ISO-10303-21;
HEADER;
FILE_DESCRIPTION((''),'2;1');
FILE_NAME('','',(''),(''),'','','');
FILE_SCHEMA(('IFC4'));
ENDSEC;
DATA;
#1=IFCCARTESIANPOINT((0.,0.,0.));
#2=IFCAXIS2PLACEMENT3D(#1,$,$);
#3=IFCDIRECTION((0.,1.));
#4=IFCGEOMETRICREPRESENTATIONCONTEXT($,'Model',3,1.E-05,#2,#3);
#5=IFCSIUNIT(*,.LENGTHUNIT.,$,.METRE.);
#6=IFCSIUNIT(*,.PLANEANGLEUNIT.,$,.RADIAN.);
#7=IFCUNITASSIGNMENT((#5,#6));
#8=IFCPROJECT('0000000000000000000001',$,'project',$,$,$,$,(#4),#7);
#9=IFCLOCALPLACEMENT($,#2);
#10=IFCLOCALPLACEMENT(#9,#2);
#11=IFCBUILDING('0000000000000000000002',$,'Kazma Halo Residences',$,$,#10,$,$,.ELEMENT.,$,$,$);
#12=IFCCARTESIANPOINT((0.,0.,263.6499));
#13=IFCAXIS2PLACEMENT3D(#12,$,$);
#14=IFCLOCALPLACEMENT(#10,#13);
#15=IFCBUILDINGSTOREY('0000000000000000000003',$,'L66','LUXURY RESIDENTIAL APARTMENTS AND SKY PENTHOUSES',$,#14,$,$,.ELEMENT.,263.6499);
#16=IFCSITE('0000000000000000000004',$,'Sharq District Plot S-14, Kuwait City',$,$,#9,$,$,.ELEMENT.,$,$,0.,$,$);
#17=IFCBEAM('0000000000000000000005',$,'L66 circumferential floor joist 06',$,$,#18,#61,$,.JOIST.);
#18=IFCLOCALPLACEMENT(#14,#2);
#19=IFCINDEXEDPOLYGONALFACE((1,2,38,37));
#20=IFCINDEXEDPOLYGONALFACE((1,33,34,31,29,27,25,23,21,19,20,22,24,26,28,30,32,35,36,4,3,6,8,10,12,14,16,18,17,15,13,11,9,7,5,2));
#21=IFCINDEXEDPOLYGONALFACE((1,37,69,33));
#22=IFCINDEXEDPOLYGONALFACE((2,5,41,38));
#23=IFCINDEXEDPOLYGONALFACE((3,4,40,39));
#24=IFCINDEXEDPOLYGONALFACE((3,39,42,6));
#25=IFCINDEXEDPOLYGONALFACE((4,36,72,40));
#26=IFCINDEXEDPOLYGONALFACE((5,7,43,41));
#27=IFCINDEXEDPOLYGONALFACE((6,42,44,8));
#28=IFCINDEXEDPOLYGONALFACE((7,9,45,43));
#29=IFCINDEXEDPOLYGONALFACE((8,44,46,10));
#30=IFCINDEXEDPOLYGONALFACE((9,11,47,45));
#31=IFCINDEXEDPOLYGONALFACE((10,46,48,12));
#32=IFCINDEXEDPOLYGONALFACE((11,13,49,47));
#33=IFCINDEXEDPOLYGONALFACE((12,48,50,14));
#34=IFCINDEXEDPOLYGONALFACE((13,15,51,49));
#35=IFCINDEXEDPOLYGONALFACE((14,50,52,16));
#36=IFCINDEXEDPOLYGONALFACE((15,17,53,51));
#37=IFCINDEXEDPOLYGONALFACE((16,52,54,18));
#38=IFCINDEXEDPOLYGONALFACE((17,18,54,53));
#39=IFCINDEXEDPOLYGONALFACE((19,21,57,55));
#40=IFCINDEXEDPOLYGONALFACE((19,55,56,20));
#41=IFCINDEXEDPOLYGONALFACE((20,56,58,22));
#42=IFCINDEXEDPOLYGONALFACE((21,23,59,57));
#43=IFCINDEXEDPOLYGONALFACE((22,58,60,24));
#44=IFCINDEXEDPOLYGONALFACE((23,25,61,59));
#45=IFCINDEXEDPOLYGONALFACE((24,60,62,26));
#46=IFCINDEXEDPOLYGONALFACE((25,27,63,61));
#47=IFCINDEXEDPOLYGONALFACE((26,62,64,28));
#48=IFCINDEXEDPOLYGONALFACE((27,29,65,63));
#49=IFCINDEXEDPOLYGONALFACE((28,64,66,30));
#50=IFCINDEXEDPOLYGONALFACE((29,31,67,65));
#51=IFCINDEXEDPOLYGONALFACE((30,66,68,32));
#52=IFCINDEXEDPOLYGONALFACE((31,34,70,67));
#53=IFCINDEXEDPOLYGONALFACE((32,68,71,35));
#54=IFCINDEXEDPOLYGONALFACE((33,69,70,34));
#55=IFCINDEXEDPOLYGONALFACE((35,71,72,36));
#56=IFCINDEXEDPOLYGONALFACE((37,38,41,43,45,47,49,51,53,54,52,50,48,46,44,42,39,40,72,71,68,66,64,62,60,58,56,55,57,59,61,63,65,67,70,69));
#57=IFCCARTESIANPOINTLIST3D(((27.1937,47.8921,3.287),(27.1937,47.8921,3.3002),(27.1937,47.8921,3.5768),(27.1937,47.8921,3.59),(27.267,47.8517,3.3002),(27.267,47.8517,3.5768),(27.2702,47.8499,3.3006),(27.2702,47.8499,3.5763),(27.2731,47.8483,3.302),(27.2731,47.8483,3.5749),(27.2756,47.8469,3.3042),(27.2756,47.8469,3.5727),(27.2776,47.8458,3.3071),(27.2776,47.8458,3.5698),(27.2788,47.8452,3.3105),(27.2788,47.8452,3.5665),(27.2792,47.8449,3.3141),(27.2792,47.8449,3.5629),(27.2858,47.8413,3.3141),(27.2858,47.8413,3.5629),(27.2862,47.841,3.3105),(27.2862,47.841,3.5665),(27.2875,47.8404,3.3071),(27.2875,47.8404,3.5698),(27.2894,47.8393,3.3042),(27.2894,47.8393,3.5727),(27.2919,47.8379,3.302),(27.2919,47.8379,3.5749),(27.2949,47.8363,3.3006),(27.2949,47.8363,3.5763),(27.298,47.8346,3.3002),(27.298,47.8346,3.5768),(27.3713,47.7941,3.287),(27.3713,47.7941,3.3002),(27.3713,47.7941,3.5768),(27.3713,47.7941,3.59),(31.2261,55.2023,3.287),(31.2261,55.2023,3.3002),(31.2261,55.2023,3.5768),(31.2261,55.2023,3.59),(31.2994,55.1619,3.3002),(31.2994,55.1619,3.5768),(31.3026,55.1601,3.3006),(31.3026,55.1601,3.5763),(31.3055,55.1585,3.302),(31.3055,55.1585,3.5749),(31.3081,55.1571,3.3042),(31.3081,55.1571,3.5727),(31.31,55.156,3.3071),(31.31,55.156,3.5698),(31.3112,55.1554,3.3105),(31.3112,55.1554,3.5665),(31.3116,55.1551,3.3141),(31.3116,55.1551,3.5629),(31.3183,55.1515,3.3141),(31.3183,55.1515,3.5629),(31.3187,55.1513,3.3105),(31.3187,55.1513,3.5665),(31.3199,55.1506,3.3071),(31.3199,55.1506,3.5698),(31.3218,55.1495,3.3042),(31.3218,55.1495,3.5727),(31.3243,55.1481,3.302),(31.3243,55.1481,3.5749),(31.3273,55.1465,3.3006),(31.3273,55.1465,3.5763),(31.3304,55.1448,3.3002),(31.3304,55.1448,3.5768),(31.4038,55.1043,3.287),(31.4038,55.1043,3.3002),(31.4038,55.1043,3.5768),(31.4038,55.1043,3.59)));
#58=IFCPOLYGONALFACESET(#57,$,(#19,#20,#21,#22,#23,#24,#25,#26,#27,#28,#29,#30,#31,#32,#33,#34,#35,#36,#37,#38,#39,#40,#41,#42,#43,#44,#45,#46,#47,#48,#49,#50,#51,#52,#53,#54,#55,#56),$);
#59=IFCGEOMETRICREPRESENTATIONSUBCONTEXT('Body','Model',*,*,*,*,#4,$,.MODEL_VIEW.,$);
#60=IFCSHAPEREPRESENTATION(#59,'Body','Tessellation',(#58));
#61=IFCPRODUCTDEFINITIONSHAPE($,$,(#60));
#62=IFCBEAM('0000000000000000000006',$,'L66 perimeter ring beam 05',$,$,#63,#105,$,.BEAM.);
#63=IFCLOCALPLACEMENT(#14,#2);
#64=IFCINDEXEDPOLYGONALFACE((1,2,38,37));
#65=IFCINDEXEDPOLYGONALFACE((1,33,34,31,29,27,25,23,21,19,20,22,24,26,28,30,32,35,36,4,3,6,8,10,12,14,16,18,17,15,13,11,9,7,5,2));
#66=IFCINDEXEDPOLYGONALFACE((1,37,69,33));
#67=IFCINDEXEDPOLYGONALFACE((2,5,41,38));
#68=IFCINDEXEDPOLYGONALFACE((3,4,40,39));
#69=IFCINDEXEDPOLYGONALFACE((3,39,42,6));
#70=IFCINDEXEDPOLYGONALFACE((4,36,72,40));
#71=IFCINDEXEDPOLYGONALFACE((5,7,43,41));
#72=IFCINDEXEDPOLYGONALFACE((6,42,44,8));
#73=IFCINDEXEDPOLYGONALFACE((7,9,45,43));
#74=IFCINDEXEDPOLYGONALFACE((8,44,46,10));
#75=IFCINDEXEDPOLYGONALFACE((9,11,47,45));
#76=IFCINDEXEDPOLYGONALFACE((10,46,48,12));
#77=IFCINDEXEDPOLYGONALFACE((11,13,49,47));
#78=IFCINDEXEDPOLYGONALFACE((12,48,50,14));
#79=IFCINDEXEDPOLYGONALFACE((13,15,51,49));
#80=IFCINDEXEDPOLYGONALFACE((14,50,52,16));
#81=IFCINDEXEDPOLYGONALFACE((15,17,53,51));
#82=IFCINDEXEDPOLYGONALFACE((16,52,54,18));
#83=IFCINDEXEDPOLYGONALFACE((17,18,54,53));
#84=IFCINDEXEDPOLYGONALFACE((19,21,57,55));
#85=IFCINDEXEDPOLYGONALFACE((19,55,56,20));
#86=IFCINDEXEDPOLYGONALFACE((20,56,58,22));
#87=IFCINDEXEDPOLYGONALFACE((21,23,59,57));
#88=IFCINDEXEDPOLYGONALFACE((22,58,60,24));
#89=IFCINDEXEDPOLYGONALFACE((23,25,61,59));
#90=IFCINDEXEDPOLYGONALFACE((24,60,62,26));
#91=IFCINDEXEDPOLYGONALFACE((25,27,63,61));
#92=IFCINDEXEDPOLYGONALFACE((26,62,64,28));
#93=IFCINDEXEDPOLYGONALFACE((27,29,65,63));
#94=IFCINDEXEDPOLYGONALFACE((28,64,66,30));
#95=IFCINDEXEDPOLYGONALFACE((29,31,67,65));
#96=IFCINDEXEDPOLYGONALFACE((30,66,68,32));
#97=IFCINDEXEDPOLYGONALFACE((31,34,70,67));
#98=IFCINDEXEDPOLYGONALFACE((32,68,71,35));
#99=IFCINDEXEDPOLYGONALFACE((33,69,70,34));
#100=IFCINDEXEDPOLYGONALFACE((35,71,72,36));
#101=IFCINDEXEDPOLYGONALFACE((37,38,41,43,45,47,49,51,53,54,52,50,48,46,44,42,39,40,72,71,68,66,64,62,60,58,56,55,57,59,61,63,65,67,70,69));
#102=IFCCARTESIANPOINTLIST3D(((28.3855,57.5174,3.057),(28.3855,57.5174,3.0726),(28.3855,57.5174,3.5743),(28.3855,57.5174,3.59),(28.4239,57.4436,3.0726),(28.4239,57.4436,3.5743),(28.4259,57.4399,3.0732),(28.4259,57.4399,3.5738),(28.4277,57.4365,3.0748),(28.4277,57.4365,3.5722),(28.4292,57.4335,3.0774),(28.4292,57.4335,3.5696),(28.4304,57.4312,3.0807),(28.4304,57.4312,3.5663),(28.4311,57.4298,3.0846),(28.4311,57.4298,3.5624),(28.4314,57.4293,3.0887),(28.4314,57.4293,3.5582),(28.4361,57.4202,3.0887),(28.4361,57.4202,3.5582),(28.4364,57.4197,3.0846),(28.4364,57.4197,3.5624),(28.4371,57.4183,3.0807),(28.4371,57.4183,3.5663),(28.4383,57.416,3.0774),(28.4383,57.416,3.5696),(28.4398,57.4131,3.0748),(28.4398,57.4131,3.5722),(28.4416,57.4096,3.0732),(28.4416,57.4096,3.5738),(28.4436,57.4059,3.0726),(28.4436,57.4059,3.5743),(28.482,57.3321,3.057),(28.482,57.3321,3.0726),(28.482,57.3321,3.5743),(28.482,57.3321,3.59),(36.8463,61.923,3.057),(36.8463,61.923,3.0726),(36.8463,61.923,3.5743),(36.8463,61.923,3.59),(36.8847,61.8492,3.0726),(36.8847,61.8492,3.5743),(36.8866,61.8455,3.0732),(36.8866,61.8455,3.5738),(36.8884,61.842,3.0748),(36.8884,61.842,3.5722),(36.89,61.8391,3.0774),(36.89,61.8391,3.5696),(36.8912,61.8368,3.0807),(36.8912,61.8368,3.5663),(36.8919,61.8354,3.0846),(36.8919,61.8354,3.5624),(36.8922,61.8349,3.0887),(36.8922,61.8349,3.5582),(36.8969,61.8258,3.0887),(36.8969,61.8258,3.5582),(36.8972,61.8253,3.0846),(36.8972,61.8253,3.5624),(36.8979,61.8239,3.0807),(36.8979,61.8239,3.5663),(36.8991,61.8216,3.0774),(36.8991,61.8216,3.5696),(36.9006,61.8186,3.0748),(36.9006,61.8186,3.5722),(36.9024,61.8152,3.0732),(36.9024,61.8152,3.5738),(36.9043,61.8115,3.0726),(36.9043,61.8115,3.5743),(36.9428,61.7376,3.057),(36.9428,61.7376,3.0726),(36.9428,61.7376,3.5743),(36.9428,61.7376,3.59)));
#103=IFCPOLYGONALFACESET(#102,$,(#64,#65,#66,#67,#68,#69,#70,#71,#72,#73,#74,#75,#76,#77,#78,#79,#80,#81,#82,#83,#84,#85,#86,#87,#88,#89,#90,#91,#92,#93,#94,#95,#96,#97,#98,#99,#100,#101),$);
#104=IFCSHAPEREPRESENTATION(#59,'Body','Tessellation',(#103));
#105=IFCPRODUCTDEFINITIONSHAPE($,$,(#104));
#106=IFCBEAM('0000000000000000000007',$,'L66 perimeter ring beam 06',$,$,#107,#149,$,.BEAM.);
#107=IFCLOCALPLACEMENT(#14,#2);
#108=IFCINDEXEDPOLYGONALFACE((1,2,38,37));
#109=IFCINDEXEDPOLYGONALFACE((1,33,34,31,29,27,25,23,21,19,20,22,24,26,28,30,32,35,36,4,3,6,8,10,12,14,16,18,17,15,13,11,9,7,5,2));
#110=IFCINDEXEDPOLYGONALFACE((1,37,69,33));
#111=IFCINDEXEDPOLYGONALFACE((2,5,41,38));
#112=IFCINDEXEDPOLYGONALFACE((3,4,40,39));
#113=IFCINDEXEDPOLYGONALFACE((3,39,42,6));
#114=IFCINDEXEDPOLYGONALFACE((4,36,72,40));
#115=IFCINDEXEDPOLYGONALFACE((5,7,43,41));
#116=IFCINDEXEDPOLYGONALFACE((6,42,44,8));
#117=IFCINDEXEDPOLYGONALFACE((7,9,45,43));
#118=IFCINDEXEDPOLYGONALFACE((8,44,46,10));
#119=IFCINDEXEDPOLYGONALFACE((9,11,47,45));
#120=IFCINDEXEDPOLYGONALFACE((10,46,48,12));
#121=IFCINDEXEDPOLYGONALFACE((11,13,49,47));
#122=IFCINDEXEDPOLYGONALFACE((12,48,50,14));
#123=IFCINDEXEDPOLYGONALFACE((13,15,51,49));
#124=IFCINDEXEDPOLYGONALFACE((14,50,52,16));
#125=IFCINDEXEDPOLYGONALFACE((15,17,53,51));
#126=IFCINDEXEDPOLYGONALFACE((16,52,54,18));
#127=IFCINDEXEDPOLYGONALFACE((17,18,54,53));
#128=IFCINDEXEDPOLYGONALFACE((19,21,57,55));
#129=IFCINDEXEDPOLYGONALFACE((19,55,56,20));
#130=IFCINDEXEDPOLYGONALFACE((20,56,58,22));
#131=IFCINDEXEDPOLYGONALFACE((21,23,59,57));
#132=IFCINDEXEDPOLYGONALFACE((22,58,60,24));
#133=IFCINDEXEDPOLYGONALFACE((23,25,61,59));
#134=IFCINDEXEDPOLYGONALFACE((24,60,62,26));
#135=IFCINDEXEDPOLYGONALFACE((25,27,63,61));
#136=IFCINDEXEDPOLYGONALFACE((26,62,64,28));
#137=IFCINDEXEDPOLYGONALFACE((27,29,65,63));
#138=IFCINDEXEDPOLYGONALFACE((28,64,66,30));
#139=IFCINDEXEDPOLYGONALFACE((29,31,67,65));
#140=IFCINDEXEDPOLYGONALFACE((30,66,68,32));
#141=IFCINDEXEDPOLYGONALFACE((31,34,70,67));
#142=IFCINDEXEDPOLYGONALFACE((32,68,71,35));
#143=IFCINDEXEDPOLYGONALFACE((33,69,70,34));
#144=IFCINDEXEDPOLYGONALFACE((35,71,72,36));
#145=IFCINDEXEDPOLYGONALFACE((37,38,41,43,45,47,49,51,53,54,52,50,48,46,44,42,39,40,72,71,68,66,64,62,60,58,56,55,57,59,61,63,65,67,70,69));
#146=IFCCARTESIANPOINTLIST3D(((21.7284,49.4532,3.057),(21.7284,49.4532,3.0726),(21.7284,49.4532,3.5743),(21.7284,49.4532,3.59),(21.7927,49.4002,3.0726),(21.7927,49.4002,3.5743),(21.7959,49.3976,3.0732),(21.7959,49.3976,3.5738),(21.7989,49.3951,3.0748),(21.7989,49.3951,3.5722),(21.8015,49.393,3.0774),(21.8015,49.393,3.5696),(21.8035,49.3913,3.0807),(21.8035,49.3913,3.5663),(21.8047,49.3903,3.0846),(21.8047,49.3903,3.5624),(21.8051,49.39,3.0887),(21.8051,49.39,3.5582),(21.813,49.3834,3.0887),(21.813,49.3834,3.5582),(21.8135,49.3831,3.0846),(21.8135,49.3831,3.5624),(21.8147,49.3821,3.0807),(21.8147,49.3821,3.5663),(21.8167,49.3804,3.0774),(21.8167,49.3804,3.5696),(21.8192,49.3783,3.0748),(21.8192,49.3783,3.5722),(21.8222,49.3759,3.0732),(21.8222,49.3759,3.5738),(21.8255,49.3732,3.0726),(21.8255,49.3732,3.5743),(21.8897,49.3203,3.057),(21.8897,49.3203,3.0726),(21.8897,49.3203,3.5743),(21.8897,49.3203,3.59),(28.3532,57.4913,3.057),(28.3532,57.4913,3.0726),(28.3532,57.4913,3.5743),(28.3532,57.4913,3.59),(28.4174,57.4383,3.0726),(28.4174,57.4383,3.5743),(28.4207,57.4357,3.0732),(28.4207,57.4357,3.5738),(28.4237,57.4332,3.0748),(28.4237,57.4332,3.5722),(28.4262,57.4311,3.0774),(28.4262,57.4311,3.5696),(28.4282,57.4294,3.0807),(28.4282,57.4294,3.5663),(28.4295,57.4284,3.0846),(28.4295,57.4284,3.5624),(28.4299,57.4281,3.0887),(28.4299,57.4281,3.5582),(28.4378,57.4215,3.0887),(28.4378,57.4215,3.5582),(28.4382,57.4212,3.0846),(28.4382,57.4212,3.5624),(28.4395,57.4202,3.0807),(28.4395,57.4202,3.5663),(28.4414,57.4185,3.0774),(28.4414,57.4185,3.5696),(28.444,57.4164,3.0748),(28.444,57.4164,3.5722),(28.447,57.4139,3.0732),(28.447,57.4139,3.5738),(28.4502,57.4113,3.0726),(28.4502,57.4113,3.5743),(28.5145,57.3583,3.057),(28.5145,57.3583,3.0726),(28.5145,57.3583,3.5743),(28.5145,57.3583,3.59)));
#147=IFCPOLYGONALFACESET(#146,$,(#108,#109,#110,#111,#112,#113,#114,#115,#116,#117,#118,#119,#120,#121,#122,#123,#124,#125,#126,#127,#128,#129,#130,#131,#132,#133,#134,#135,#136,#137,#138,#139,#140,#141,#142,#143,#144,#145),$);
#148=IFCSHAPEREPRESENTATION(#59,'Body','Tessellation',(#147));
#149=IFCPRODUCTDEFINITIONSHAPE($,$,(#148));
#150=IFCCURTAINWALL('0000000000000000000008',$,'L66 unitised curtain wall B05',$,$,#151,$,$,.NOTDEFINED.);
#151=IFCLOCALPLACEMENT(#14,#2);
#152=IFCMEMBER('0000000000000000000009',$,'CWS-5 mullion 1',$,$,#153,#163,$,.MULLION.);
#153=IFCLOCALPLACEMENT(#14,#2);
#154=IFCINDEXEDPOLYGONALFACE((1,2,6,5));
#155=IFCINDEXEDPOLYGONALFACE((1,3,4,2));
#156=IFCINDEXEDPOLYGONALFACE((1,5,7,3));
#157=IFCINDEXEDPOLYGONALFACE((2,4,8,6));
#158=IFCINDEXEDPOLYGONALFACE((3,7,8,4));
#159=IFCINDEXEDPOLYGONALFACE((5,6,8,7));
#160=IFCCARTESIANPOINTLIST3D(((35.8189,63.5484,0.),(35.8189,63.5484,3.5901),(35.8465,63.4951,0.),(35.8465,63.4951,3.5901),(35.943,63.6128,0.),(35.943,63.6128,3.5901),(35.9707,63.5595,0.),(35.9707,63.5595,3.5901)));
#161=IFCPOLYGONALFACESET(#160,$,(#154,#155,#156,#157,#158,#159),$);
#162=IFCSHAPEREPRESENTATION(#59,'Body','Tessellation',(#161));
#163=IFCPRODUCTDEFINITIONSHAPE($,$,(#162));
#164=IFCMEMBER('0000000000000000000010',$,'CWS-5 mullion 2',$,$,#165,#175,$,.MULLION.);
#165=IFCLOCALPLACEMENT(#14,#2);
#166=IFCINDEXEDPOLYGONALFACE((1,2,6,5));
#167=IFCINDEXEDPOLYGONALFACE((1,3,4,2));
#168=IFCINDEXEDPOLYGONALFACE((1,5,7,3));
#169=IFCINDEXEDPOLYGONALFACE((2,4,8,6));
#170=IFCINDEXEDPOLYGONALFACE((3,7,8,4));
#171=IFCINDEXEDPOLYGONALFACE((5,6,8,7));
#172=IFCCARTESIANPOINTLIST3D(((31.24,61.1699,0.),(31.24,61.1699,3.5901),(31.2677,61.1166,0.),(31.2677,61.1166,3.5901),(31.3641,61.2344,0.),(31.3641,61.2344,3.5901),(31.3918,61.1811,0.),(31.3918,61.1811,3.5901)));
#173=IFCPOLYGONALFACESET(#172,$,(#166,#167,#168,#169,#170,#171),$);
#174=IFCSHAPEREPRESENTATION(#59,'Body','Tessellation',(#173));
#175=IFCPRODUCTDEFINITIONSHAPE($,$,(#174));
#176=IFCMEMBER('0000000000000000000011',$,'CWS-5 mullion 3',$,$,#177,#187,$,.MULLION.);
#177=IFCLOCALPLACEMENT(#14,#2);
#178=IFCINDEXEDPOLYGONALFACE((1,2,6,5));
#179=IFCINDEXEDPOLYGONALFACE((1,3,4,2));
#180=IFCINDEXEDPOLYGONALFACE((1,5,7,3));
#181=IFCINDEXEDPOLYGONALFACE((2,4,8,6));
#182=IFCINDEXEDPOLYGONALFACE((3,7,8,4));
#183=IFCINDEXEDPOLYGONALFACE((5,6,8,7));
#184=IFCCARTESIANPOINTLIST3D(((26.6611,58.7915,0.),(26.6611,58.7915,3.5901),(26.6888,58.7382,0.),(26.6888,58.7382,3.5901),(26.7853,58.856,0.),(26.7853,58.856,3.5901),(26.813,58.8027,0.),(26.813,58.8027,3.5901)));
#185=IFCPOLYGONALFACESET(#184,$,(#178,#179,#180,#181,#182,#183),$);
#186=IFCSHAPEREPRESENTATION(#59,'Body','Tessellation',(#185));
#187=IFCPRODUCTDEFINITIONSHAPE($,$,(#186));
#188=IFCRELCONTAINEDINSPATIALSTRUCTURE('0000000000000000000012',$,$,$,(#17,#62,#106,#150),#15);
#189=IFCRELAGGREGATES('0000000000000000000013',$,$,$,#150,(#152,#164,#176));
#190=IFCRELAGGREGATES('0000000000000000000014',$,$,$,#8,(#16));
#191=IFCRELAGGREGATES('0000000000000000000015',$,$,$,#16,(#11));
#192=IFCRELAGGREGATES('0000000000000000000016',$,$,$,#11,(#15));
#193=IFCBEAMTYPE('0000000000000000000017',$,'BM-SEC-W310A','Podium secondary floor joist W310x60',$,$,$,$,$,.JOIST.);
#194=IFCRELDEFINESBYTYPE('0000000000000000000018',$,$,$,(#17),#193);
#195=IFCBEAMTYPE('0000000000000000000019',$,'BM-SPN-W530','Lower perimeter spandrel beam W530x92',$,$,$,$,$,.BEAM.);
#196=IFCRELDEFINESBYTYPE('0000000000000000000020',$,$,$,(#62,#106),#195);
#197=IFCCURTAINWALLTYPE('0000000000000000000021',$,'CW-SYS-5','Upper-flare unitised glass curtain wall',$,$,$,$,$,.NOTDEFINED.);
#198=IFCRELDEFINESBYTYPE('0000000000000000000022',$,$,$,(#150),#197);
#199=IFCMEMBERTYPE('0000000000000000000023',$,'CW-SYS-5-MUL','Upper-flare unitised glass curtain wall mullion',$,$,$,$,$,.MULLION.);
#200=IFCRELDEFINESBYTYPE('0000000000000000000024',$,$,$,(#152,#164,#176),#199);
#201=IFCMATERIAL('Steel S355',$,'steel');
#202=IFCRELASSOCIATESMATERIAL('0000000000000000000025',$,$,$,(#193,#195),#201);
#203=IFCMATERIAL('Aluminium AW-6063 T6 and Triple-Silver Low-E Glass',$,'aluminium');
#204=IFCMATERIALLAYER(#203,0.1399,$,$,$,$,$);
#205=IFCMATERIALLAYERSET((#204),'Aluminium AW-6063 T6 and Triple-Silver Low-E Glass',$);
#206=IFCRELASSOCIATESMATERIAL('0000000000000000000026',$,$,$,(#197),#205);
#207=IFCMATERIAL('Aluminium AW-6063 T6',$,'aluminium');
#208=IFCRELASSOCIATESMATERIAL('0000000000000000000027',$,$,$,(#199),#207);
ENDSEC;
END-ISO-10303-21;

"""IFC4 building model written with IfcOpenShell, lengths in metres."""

from ifc_helpers import new_model, si_unit, direction, frame, origin, origin_2d, place, context, subcontext, project, spatial, rectangle, i_section, extrude, material, layer, layer_set, material_profile, profile_set, type_object, element, aggregate, save


model = new_model("IFC4")

# Units and contexts
model_context = context("Model", 3, precision=1e-05, world=origin(), true_north=direction((0.0, 1.0)))
body_context = subcontext(model_context, "Body", "Model", "MODEL_VIEW")
ifc_project = project(units=[si_unit("LENGTHUNIT", "METRE"), si_unit("PLANEANGLEUNIT", "RADIAN")], contexts=[model_context])

# Site, building, storey
site_placement = place(None, origin())
site = spatial("IfcSite", under=ifc_project, at=site_placement, Name="Sharq District Plot S-14, Kuwait City", CompositionType="ELEMENT", RefElevation=0.0)
building_placement = place(site_placement, origin())
building = spatial("IfcBuilding", under=site, at=building_placement, Name="Kazma Halo Residences", CompositionType="ELEMENT")
storey_placement = place(building_placement, frame((0.0, 0.0, 263.6499)))
storey = spatial("IfcBuildingStorey", under=building, at=storey_placement, Name="L66", Description="LUXURY RESIDENTIAL APARTMENTS AND SKY PENTHOUSES", CompositionType="ELEMENT", Elevation=263.6499)

# Beams
ifc_material_1 = material(Name="Steel S355", Category="steel")
ifc_material_profile_1 = material_profile(ifc_material_1, i_section(OverallWidth=0.2029, OverallDepth=0.303, WebThickness=0.0076, FlangeThickness=0.0132, FilletRadius=0.0139, at=origin_2d()), Name="W310x60")
ifc_profile_set_1 = profile_set([ifc_material_profile_1], Name="Steel S355")
beam_type_1 = type_object("IfcBeamType", Name="BM-SEC-W310A", Description="Podium secondary floor joist W310x60", PredefinedType="JOIST", material=ifc_profile_set_1)
beam_1_placement = place(storey_placement, frame((31.3149, 55.1533, 3.4385), z_axis=(-0.483004, -0.875618, 0.0), x_axis=(0.875618, -0.483004, 0.0)))
element("IfcBeam", 1, at=beam_1_placement, inside=storey, type_object=beam_type_1, Name="L66 circumferential floor joist 06", PredefinedType="JOIST", context=body_context, shape_type="SweptSolid", body=[
    extrude(i_section(OverallWidth=0.2029, OverallDepth=0.303, WebThickness=0.0076, FlangeThickness=0.0132, FilletRadius=0.0139, at=origin_2d()), origin(), (0.0, 0.0, 1.0), 8.3486),
])
ifc_material_profile_2 = material_profile(ifc_material_1, i_section(OverallWidth=0.209, OverallDepth=0.533, WebThickness=0.0103, FlangeThickness=0.0156, FilletRadius=0.0161, at=origin_2d()), Name="W530x92")
ifc_profile_set_2 = profile_set([ifc_material_profile_2], Name="Steel S355")
beam_type_2 = type_object("IfcBeamType", Name="BM-SPN-W530", Description="Lower perimeter spandrel beam W530x92", PredefinedType="BEAM", material=ifc_profile_set_2)
beam_2_placement = place(storey_placement, frame((36.8945, 61.8303, 3.3235), z_axis=(-0.886961, -0.461844, 0.0), x_axis=(0.461844, -0.886961, 0.0)))
element("IfcBeam", 2, at=beam_2_placement, inside=storey, type_object=beam_type_2, Name="L66 perimeter ring beam 05", PredefinedType="BEAM", context=body_context, shape_type="SweptSolid", body=[
    extrude(i_section(OverallWidth=0.209, OverallDepth=0.533, WebThickness=0.0103, FlangeThickness=0.0156, FilletRadius=0.0161, at=origin_2d()), origin(), (0.0, 0.0, 1.0), 9.5391),
])
beam_3_placement = place(storey_placement, frame((28.4338, 57.4248, 3.3235), z_axis=(-0.636002, -0.771687, 0.0), x_axis=(0.771687, -0.636002, 0.0)))
element("IfcBeam", 3, at=beam_3_placement, inside=storey, type_object=beam_type_2, Name="L66 perimeter ring beam 06", PredefinedType="BEAM", context=body_context, shape_type="SweptSolid", body=[
    extrude(i_section(OverallWidth=0.209, OverallDepth=0.533, WebThickness=0.0103, FlangeThickness=0.0156, FilletRadius=0.0161, at=origin_2d()), origin(), (0.0, 0.0, 1.0), 10.4163),
])

# Curtain wall, members
ifc_material_2 = material(Name="Aluminium AW-6063 T6 and Triple-Silver Low-E Glass", Category="aluminium")
ifc_layer_1 = layer(ifc_material_2, 0.1399)
ifc_layer_set_1 = layer_set([ifc_layer_1], Name="Aluminium AW-6063 T6 and Triple-Silver Low-E Glass")
curtain_wall_type = type_object("IfcCurtainWallType", Name="CW-SYS-5", Description="Upper-flare unitised glass curtain wall", PredefinedType="NOTDEFINED", material=ifc_layer_set_1)
curtain_wall_placement = place(storey_placement, origin())
curtain_wall = element("IfcCurtainWall", 4, at=curtain_wall_placement, inside=storey, type_object=curtain_wall_type, Name="L66 unitised curtain wall B05", PredefinedType="NOTDEFINED")
ifc_material_3 = material(Name="Aluminium AW-6063 T6", Category="aluminium")
ifc_material_profile_3 = material_profile(ifc_material_3, rectangle(XDim=0.0601, YDim=0.1399, at=origin_2d()), Name="CWM-60x140")
ifc_profile_set_3 = profile_set([ifc_material_profile_3], Name="Aluminium AW-6063 T6")
member_type_1 = type_object("IfcMemberType", Name="CW-SYS-5-MUL", Description="Upper-flare unitised glass curtain wall mullion", PredefinedType="MULLION", material=ifc_profile_set_3)
member_1_placement = place(storey_placement, frame((35.8948, 63.554, 0.0), z_axis=(0.0, 0.0, 1.0), x_axis=(0.460961, -0.887421, 0.0)))
member_1 = element("IfcMember", 5, at=member_1_placement, type_object=member_type_1, Name="CWS-5 mullion 1", PredefinedType="MULLION", context=body_context, shape_type="SweptSolid", body=[
    extrude(rectangle(XDim=0.0601, YDim=0.1399, at=origin_2d()), origin(), (0.0, 0.0, 1.0), 3.5901),
])
member_2_placement = place(storey_placement, frame((31.3159, 61.1755, 0.0), z_axis=(0.0, 0.0, 1.0), x_axis=(0.460961, -0.887421, 0.0)))
member_2 = element("IfcMember", 6, at=member_2_placement, type_object=member_type_1, Name="CWS-5 mullion 2", PredefinedType="MULLION", context=body_context, shape_type="SweptSolid", body=[
    extrude(rectangle(XDim=0.0601, YDim=0.1399, at=origin_2d()), origin(), (0.0, 0.0, 1.0), 3.5901),
])
member_3_placement = place(storey_placement, frame((26.7371, 58.7971, 0.0), z_axis=(0.0, 0.0, 1.0), x_axis=(0.460961, -0.887421, 0.0)))
member_3 = element("IfcMember", 7, at=member_3_placement, type_object=member_type_1, Name="CWS-5 mullion 3", PredefinedType="MULLION", context=body_context, shape_type="SweptSolid", body=[
    extrude(rectangle(XDim=0.0601, YDim=0.1399, at=origin_2d()), origin(), (0.0, 0.0, 1.0), 3.5901),
])
aggregate(curtain_wall, [member_1, member_2, member_3])

save(model, "model.ifc")
